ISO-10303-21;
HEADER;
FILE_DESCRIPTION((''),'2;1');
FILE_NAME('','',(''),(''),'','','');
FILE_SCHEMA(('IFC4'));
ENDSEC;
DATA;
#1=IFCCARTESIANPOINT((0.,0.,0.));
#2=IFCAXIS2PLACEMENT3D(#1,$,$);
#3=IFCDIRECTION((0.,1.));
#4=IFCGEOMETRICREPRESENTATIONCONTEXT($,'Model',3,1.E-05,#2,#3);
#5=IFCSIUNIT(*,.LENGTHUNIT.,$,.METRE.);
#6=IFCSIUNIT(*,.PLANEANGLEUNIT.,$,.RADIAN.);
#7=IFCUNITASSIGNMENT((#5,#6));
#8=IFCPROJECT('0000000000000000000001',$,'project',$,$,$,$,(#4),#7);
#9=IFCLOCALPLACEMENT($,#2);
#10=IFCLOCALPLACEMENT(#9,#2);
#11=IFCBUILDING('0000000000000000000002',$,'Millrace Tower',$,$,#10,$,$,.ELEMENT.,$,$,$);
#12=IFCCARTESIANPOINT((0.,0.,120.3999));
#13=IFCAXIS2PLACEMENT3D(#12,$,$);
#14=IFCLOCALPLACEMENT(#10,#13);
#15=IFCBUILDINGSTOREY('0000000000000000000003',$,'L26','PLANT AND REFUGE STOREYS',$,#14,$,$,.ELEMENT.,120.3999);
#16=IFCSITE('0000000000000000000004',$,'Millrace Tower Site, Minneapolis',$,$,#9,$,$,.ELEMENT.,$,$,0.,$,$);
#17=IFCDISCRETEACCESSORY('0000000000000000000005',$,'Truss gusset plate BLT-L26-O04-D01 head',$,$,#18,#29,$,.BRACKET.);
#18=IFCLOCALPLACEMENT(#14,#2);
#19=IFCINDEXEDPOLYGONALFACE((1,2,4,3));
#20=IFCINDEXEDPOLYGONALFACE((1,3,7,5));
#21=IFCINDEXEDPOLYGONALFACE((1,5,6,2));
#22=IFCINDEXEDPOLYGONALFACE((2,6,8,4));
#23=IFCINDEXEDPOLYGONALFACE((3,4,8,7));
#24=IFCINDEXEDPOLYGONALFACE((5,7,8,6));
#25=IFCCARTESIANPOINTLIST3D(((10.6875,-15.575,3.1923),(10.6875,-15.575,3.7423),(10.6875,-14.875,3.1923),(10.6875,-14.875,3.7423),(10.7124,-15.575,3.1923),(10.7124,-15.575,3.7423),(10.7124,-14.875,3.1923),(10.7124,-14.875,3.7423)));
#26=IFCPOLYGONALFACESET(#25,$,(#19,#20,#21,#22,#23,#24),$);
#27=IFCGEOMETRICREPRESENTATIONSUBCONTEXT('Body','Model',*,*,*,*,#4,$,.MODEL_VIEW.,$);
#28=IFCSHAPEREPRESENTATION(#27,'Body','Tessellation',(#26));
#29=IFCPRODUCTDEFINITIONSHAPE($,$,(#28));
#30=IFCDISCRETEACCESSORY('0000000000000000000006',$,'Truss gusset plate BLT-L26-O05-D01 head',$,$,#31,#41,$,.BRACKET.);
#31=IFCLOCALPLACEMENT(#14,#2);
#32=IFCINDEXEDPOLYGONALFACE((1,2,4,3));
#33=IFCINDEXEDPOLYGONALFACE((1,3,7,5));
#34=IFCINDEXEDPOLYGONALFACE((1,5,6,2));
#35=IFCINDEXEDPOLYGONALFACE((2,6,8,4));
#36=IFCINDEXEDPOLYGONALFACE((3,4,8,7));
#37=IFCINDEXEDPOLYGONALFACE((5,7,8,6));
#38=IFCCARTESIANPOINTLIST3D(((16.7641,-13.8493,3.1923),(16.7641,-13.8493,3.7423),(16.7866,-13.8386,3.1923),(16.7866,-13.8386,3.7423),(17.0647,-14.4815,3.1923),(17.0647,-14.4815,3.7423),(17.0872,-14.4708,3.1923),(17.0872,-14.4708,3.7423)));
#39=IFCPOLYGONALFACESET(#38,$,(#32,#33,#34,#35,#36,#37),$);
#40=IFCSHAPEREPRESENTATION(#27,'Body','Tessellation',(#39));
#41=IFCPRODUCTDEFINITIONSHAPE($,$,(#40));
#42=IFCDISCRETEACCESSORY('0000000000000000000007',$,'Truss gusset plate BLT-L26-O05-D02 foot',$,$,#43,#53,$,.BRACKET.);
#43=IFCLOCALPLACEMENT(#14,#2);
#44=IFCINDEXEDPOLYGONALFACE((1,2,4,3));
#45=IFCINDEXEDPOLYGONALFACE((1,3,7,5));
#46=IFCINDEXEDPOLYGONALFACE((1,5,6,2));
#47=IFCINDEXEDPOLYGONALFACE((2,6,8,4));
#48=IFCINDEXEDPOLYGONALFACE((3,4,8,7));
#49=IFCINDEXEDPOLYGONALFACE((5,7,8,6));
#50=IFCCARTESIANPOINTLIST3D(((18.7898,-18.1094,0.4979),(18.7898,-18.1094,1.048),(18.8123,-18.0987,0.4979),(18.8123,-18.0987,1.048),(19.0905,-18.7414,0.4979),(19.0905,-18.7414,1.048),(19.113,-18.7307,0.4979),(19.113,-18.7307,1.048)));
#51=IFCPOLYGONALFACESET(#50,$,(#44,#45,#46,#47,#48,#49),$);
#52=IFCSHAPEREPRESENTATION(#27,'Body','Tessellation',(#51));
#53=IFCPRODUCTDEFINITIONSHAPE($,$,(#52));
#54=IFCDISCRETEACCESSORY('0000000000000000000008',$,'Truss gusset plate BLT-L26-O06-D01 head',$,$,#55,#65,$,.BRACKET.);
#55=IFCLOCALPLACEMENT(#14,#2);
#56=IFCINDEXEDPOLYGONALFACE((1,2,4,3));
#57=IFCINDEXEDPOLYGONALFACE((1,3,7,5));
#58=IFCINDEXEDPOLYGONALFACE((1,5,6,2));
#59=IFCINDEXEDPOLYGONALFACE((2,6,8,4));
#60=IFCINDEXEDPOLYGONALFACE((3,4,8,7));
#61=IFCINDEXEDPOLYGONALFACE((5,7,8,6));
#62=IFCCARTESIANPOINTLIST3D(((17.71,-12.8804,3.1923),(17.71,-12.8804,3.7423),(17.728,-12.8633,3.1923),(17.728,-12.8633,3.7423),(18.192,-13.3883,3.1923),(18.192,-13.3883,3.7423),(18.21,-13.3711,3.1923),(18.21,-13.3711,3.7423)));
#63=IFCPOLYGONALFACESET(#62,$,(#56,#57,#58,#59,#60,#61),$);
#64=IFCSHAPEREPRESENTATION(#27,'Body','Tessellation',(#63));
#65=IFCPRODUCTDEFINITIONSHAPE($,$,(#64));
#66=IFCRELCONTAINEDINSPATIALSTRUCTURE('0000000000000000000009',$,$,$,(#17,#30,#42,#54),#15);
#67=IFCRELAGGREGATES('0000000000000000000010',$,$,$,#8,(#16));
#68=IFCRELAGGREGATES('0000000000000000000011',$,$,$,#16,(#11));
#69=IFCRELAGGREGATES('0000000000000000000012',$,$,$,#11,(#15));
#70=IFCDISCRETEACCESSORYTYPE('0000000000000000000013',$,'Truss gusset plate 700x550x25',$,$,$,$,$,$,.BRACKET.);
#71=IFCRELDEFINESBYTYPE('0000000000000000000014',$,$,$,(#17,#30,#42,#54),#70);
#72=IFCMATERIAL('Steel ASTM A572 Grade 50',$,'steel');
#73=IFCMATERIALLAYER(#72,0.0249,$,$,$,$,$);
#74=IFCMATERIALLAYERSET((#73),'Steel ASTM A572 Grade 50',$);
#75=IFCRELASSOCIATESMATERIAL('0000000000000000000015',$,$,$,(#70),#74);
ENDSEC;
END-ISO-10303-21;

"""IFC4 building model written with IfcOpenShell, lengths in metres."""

from ifc_helpers import new_model, si_unit, direction, frame, origin, origin_2d, place, context, subcontext, project, spatial, rectangle, extrude, material, layer, layer_set, type_object, element, save


model = new_model("IFC4")

# Units and contexts
model_context = context("Model", 3, precision=1e-05, world=origin(), true_north=direction((0.0, 1.0)))
body_context = subcontext(model_context, "Body", "Model", "MODEL_VIEW")
ifc_project = project(units=[si_unit("LENGTHUNIT", "METRE"), si_unit("PLANEANGLEUNIT", "RADIAN")], contexts=[model_context])

# Site, building, storey
site_placement = place(None, origin())
site = spatial("IfcSite", under=ifc_project, at=site_placement, Name="Millrace Tower Site, Minneapolis", CompositionType="ELEMENT", RefElevation=0.0)
building_placement = place(site_placement, origin())
building = spatial("IfcBuilding", under=site, at=building_placement, Name="Millrace Tower", CompositionType="ELEMENT")
storey_placement = place(building_placement, frame((0.0, 0.0, 120.3999)))
storey = spatial("IfcBuildingStorey", under=building, at=storey_placement, Name="L26", Description="PLANT AND REFUGE STOREYS", CompositionType="ELEMENT", Elevation=120.3999)

# Discrete accessories
ifc_material_1 = material(Name="Steel ASTM A572 Grade 50", Category="steel")
ifc_layer_1 = layer(ifc_material_1, 0.0249)
ifc_layer_set_1 = layer_set([ifc_layer_1], Name="Steel ASTM A572 Grade 50")
discrete_accessory_type = type_object("IfcDiscreteAccessoryType", Name="Truss gusset plate 700x550x25", PredefinedType="BRACKET", material=ifc_layer_set_1)
for number, where, z_axis, x_axis, name in (
    (1, (10.7, -15.575, 3.4673), (0.0, 1.0, 0.0), (-1.0, 0.0, 0.0), "Truss gusset plate BLT-L26-O04-D01 head"),
    (2, (16.7754, -13.844, 3.4673), (0.429405, -0.903112, 0.0), (0.903112, 0.429405, 0.0), "Truss gusset plate BLT-L26-O05-D01 head"),
    (3, (18.801, -18.104, 0.7729), (0.42969, -0.902977, 0.0), (0.902977, 0.42969, 0.0), "Truss gusset plate BLT-L26-O05-D02 foot"),
):
    element("IfcDiscreteAccessory", number, at=place(storey_placement, frame(where, z_axis=z_axis, x_axis=x_axis)), inside=storey, type_object=discrete_accessory_type, Name=name, PredefinedType="BRACKET", context=body_context, shape_type="SweptSolid", body=[
        extrude(rectangle(XDim=0.0249, YDim=0.55, at=origin_2d()), origin(), (0.0, 0.0, 1.0), 0.7),
    ])
discrete_accessory_placement = place(storey_placement, frame((17.719, -12.8718, 3.4673), z_axis=(0.688383, -0.725348, 0.0), x_axis=(0.725348, 0.688383, 0.0)))
element("IfcDiscreteAccessory", 4, at=discrete_accessory_placement, inside=storey, type_object=discrete_accessory_type, Name="Truss gusset plate BLT-L26-O06-D01 head", PredefinedType="BRACKET", context=body_context, shape_type="SweptSolid", body=[
    extrude(rectangle(XDim=0.0249, YDim=0.55, at=origin_2d()), origin(), (0.0, 0.0, 1.0), 0.7002),
])

save(model, "model.ifc")
